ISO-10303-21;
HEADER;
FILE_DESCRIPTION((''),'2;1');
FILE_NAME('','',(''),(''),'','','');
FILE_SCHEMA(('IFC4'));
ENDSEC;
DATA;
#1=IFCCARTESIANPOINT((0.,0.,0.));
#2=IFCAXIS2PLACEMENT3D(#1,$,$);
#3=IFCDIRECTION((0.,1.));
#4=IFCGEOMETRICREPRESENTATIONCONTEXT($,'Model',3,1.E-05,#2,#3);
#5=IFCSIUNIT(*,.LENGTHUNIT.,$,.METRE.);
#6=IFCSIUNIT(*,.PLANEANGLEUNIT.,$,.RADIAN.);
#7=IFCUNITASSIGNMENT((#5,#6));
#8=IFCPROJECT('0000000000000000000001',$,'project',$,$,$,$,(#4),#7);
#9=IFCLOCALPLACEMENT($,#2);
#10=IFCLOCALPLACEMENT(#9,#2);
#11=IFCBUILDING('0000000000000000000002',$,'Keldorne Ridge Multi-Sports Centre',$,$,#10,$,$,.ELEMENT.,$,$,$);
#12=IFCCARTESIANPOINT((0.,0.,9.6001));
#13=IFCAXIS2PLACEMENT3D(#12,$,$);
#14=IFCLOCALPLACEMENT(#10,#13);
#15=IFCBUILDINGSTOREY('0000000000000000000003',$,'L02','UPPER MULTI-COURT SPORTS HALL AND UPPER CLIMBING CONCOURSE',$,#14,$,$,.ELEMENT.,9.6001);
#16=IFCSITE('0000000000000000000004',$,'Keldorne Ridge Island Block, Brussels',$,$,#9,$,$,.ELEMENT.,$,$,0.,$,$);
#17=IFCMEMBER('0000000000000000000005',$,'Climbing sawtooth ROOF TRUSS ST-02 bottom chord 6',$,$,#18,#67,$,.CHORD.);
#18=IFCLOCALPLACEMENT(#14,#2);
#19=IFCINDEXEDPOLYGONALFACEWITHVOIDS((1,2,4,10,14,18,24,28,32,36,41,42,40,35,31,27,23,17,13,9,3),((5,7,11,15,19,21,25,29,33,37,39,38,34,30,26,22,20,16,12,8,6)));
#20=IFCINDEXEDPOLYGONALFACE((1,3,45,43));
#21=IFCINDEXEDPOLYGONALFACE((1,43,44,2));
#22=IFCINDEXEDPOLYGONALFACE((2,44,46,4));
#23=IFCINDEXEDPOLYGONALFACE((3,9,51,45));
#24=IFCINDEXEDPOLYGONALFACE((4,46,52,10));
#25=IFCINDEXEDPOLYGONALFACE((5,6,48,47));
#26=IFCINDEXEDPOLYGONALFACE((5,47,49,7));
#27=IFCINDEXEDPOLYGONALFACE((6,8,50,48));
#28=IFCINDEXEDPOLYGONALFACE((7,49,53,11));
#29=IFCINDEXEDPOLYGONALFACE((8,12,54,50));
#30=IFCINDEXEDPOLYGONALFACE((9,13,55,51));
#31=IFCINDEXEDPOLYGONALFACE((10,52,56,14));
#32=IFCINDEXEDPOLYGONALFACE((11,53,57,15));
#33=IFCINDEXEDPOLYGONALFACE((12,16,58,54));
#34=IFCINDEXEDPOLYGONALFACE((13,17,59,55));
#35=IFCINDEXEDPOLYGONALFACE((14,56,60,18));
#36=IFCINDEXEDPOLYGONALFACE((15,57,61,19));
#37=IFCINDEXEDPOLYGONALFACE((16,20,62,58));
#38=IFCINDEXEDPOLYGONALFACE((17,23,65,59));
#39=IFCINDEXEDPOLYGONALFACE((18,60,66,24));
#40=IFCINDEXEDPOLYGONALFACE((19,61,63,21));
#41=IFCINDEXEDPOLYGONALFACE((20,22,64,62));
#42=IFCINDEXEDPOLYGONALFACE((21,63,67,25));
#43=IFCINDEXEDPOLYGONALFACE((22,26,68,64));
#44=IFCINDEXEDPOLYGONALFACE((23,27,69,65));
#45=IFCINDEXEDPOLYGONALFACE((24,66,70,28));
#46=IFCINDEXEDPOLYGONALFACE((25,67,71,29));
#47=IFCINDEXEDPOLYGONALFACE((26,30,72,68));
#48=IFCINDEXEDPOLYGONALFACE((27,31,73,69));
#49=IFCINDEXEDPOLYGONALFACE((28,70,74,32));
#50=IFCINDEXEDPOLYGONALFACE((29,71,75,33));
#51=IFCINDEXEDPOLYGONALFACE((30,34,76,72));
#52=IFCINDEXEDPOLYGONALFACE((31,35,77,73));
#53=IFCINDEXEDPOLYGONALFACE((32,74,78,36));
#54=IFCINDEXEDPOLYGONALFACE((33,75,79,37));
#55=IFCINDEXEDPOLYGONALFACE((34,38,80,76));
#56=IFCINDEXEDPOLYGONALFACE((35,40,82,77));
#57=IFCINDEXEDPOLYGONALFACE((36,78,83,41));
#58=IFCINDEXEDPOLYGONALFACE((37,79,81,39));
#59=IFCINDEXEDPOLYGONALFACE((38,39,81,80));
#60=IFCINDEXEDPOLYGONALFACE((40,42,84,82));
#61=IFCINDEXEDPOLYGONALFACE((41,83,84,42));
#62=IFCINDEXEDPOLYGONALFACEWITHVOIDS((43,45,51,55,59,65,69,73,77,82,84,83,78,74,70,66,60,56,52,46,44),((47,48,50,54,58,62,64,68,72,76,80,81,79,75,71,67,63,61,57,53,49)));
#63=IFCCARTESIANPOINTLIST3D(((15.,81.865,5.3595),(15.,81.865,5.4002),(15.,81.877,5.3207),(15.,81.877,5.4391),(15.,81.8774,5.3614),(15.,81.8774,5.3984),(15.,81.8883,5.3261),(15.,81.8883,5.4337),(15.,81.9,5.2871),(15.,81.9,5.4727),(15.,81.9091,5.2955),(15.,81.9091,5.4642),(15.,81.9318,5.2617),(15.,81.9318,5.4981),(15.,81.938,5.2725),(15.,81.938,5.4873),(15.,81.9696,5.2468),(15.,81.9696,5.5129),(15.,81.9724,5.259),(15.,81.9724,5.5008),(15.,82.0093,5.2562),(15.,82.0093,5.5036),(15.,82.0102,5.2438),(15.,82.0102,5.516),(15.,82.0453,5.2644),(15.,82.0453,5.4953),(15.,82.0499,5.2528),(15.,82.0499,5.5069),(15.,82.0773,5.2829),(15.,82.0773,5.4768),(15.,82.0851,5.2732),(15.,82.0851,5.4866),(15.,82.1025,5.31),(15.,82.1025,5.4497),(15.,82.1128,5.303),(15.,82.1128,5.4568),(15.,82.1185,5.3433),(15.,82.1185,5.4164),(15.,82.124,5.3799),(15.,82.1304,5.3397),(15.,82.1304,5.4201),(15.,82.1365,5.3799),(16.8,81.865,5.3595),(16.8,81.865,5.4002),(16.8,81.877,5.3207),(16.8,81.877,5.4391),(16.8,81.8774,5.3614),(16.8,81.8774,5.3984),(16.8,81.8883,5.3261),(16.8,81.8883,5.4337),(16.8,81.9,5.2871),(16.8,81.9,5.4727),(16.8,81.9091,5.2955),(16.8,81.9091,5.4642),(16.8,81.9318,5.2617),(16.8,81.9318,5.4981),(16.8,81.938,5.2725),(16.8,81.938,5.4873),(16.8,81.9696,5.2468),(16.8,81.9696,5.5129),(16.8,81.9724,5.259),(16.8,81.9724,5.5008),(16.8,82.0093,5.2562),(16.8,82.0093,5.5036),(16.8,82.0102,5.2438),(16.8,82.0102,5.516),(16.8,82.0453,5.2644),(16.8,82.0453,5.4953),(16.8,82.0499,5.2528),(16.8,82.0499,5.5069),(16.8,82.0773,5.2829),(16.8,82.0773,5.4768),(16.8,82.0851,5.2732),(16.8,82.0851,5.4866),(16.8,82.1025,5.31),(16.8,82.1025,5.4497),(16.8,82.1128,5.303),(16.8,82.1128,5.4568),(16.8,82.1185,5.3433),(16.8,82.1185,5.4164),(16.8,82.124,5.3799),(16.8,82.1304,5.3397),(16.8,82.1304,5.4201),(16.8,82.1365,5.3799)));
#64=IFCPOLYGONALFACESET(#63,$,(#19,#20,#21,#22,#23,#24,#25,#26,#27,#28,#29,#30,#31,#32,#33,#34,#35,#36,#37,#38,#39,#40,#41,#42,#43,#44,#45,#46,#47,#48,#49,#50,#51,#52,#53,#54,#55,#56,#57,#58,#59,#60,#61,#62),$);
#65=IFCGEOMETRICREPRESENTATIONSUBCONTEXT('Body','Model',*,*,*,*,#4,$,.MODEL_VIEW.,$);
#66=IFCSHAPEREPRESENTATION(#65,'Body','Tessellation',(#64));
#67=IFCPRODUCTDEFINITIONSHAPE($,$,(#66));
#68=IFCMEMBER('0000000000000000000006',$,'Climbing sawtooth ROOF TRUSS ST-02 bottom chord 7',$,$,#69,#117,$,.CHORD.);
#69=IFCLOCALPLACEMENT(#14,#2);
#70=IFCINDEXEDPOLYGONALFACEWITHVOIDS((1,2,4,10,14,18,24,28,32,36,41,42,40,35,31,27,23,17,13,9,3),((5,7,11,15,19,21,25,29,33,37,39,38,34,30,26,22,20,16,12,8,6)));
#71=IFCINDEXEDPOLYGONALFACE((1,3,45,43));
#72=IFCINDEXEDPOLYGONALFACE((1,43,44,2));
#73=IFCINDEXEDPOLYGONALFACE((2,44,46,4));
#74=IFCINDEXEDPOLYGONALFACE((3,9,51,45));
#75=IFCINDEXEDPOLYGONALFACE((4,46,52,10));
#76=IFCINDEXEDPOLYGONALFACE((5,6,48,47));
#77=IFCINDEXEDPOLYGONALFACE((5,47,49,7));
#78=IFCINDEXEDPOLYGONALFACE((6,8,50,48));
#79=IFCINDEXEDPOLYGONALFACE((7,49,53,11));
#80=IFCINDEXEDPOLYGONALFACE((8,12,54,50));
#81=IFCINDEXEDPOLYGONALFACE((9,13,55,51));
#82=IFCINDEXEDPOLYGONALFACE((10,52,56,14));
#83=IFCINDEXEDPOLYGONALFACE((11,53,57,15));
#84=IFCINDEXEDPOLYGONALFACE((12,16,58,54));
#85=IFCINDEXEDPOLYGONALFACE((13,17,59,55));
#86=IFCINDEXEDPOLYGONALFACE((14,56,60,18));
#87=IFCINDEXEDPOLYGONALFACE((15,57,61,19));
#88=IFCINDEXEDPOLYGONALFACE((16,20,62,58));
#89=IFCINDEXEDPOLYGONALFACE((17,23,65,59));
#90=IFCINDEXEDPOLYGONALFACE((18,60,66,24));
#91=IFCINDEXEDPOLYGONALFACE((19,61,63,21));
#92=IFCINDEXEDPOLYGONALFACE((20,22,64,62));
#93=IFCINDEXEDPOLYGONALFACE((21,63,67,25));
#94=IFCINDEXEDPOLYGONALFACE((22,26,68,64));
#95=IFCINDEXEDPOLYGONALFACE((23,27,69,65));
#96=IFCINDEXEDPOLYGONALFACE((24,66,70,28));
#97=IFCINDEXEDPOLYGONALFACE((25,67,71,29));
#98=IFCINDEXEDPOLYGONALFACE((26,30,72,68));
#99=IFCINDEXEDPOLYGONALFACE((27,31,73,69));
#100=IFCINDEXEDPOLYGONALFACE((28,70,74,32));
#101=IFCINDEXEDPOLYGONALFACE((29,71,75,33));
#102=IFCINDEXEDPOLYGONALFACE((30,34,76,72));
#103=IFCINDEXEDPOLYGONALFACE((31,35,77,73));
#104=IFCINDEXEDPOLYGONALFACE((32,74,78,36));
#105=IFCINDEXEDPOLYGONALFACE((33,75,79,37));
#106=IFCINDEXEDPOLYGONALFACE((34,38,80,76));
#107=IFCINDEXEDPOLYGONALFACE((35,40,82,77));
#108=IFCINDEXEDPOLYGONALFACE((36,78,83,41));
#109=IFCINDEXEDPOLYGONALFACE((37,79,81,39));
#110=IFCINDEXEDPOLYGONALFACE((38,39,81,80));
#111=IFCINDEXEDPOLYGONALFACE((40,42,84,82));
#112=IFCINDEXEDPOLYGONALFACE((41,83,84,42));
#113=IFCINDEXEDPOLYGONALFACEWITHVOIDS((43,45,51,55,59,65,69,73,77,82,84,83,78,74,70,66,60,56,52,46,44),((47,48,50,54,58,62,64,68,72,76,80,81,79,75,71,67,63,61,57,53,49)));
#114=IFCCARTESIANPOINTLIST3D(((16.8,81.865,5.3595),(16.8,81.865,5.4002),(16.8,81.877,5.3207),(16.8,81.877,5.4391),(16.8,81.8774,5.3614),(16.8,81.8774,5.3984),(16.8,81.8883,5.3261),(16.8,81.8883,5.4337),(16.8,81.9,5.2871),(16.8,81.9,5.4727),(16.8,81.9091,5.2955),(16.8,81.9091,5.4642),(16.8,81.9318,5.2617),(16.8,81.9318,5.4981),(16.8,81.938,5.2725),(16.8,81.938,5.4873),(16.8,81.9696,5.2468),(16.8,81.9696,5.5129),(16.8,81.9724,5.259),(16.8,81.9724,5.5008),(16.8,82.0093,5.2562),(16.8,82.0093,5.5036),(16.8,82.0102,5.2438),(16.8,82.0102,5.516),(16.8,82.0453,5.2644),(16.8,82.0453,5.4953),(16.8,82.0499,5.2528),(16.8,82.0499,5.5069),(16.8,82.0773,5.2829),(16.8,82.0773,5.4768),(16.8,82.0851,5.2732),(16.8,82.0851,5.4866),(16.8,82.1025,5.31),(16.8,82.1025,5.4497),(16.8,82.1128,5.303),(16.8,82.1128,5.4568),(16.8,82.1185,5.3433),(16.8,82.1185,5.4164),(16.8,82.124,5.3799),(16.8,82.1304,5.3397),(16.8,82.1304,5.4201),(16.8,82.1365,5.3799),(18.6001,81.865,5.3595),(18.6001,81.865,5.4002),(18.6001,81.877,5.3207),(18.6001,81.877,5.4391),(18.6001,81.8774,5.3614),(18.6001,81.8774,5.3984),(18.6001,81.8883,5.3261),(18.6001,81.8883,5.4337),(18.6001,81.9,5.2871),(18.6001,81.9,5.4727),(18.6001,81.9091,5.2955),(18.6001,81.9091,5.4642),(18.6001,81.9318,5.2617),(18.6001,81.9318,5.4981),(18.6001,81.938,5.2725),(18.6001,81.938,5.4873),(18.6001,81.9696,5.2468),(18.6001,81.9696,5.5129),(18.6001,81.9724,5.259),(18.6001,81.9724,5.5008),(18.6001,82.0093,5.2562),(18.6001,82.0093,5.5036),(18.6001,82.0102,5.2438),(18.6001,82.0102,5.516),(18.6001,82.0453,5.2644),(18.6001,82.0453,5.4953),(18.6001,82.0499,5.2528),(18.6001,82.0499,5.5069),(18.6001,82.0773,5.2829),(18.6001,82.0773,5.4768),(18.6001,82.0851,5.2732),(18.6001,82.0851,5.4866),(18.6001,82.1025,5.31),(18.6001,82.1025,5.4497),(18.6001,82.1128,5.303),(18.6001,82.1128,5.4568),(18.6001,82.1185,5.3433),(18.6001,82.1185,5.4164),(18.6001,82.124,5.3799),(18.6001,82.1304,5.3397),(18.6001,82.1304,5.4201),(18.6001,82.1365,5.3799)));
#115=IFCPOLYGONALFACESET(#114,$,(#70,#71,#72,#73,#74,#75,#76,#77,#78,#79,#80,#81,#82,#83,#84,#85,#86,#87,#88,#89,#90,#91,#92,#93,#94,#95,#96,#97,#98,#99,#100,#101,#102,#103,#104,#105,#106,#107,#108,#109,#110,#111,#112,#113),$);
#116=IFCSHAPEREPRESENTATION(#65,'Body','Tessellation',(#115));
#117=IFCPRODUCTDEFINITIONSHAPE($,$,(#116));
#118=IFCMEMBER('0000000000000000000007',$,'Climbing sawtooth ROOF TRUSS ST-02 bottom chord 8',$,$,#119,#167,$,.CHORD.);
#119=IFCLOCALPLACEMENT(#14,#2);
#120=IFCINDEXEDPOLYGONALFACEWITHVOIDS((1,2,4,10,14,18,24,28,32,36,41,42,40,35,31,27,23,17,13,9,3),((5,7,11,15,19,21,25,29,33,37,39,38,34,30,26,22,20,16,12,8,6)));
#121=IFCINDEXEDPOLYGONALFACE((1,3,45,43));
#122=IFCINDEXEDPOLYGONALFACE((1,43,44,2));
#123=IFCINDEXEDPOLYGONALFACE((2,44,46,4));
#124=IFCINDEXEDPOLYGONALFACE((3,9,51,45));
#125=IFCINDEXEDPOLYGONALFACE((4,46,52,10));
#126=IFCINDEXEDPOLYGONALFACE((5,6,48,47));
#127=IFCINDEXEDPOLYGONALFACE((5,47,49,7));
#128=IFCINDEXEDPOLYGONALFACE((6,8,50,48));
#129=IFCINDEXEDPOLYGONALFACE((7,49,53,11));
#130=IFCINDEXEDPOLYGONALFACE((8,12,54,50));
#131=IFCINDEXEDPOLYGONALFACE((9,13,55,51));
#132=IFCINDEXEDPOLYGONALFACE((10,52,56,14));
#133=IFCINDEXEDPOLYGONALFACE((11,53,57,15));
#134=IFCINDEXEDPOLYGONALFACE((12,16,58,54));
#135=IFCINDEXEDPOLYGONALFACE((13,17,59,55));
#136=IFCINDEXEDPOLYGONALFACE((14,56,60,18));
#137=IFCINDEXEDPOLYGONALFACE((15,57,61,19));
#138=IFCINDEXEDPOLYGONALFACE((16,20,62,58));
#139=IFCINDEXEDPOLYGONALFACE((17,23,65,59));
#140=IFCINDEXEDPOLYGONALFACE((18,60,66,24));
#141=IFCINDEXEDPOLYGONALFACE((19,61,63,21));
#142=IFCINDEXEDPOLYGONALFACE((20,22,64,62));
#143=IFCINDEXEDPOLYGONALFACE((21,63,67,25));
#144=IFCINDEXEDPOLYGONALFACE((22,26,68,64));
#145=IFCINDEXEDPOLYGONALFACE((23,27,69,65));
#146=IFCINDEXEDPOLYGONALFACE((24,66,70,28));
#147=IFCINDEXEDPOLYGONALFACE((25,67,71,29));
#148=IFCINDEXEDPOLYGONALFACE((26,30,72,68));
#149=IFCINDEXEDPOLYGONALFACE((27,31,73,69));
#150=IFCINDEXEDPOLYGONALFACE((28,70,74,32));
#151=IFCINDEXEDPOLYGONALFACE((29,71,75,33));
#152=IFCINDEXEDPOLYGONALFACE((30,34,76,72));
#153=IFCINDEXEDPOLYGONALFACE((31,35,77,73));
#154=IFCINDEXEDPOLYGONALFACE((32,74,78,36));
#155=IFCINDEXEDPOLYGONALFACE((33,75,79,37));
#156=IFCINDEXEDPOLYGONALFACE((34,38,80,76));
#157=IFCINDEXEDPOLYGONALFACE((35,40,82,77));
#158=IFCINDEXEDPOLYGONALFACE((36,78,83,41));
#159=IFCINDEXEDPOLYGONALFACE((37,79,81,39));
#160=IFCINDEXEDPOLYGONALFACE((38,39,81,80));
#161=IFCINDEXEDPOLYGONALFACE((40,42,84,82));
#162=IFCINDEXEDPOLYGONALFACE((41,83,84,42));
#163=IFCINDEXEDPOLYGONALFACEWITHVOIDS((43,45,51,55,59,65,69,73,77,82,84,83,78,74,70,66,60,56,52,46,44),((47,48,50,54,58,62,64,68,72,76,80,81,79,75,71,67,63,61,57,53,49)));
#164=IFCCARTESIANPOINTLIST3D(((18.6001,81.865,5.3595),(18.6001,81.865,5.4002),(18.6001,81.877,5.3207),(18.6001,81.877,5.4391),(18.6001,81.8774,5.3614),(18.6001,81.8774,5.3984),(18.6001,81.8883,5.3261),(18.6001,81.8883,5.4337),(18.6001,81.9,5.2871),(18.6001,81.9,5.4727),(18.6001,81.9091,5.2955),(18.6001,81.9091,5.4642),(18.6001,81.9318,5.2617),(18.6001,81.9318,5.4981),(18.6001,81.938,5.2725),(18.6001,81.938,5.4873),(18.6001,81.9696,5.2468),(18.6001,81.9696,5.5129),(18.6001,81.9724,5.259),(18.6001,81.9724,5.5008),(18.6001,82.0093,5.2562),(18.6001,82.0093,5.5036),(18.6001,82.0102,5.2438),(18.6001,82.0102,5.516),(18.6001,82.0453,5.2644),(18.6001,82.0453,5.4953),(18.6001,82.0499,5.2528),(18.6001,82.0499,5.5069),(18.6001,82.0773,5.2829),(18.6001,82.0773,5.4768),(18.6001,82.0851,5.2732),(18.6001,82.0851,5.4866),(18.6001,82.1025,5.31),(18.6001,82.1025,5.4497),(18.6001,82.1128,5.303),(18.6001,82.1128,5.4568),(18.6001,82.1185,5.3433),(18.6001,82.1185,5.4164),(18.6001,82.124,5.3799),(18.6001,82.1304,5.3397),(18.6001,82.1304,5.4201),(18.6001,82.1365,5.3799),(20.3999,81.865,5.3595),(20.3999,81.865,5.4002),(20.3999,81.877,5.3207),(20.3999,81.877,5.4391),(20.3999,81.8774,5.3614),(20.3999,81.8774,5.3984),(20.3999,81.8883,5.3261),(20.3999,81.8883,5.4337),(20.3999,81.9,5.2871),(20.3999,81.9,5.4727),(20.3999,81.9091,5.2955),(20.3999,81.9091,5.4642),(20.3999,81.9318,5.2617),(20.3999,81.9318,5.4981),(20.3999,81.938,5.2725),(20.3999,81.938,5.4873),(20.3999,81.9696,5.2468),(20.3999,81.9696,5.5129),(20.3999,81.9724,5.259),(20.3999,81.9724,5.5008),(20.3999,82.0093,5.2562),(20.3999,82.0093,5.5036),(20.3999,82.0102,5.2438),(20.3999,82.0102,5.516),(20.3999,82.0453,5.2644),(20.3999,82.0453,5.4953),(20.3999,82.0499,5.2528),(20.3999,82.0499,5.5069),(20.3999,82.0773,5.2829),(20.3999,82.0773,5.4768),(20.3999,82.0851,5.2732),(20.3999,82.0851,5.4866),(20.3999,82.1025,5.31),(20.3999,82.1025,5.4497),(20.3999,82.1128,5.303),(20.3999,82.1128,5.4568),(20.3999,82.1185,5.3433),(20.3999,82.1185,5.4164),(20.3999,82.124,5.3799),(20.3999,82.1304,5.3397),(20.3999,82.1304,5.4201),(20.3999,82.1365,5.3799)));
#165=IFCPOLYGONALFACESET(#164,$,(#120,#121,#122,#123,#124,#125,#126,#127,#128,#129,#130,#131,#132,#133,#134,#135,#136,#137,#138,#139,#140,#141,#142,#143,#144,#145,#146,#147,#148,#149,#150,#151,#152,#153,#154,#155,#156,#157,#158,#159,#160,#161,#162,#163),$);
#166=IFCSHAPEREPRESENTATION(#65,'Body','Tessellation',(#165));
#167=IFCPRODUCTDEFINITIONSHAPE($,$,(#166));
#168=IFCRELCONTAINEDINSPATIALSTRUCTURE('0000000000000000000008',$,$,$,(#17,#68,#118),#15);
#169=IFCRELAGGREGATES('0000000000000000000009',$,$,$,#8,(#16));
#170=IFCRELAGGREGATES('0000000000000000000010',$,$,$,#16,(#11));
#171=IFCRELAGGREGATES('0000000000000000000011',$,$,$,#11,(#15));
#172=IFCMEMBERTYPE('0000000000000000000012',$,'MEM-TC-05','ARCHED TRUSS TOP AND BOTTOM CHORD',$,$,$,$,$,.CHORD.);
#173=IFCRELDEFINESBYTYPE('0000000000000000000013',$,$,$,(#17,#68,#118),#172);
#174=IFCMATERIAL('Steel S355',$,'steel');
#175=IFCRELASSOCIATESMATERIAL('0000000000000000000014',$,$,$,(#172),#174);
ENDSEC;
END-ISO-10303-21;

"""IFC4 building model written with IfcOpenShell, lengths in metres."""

from ifc_helpers import new_model, si_unit, direction, frame, origin, origin_2d, place, context, subcontext, project, spatial, hollow_circle, extrude, material, material_profile, profile_set, type_object, element, save


model = new_model("IFC4")

# Units and contexts
model_context = context("Model", 3, precision=1e-05, world=origin(), true_north=direction((0.0, 1.0)))
body_context = subcontext(model_context, "Body", "Model", "MODEL_VIEW")
ifc_project = project(units=[si_unit("LENGTHUNIT", "METRE"), si_unit("PLANEANGLEUNIT", "RADIAN")], contexts=[model_context])

# Site, building, storey
site_placement = place(None, origin())
site = spatial("IfcSite", under=ifc_project, at=site_placement, Name="Keldorne Ridge Island Block, Brussels", CompositionType="ELEMENT", RefElevation=0.0)
building_placement = place(site_placement, origin())
building = spatial("IfcBuilding", under=site, at=building_placement, Name="Keldorne Ridge Multi-Sports Centre", CompositionType="ELEMENT")
storey_placement = place(building_placement, frame((0.0, 0.0, 9.6001)))
storey = spatial("IfcBuildingStorey", under=building, at=storey_placement, Name="L02", Description="UPPER MULTI-COURT SPORTS HALL AND UPPER CLIMBING CONCOURSE", CompositionType="ELEMENT", Elevation=9.6001)

# Shared definitions
ifc_material_1 = material(Name="Steel S355", Category="steel")

# Members
ifc_material_profile_1 = material_profile(ifc_material_1, hollow_circle(Radius=0.1365, WallThickness=0.0125, at=origin_2d()), Name="CHS 273x12.5")
ifc_profile_set_1 = profile_set([ifc_material_profile_1], Name="Steel S355")
member_type_1 = type_object("IfcMemberType", Name="MEM-TC-05", Description="ARCHED TRUSS TOP AND BOTTOM CHORD", PredefinedType="CHORD", material=ifc_profile_set_1)
for number, where, z_axis, x_axis, name in (
    (1, (15.0, 82.0, 5.3799), (1.0, 0.0, 0.0), (0.0, 1.0, 0.0), "Climbing sawtooth ROOF TRUSS ST-02 bottom chord 6"),
    (2, (16.8, 82.0, 5.3799), (1.0, 0.0, 0.0), (0.0, 1.0, 0.0), "Climbing sawtooth ROOF TRUSS ST-02 bottom chord 7"),
):
    element("IfcMember", number, at=place(storey_placement, frame(where, z_axis=z_axis, x_axis=x_axis)), inside=storey, type_object=member_type_1, Name=name, PredefinedType="CHORD", context=body_context, shape_type="SweptSolid", body=[
        extrude(hollow_circle(Radius=0.1365, WallThickness=0.0125, at=origin_2d()), origin(), (0.0, 0.0, 1.0), 1.8),
    ])
member_1_placement = place(storey_placement, frame((18.6001, 82.0, 5.3799), z_axis=(1.0, 0.0, 0.0), x_axis=(0.0, 1.0, 0.0)))
element("IfcMember", 3, at=member_1_placement, inside=storey, type_object=member_type_1, Name="Climbing sawtooth ROOF TRUSS ST-02 bottom chord 8", PredefinedType="CHORD", context=body_context, shape_type="SweptSolid", body=[
    extrude(hollow_circle(Radius=0.1365, WallThickness=0.0125, at=origin_2d()), origin(), (0.0, 0.0, 1.0), 1.7998),
])

save(model, "model.ifc")
